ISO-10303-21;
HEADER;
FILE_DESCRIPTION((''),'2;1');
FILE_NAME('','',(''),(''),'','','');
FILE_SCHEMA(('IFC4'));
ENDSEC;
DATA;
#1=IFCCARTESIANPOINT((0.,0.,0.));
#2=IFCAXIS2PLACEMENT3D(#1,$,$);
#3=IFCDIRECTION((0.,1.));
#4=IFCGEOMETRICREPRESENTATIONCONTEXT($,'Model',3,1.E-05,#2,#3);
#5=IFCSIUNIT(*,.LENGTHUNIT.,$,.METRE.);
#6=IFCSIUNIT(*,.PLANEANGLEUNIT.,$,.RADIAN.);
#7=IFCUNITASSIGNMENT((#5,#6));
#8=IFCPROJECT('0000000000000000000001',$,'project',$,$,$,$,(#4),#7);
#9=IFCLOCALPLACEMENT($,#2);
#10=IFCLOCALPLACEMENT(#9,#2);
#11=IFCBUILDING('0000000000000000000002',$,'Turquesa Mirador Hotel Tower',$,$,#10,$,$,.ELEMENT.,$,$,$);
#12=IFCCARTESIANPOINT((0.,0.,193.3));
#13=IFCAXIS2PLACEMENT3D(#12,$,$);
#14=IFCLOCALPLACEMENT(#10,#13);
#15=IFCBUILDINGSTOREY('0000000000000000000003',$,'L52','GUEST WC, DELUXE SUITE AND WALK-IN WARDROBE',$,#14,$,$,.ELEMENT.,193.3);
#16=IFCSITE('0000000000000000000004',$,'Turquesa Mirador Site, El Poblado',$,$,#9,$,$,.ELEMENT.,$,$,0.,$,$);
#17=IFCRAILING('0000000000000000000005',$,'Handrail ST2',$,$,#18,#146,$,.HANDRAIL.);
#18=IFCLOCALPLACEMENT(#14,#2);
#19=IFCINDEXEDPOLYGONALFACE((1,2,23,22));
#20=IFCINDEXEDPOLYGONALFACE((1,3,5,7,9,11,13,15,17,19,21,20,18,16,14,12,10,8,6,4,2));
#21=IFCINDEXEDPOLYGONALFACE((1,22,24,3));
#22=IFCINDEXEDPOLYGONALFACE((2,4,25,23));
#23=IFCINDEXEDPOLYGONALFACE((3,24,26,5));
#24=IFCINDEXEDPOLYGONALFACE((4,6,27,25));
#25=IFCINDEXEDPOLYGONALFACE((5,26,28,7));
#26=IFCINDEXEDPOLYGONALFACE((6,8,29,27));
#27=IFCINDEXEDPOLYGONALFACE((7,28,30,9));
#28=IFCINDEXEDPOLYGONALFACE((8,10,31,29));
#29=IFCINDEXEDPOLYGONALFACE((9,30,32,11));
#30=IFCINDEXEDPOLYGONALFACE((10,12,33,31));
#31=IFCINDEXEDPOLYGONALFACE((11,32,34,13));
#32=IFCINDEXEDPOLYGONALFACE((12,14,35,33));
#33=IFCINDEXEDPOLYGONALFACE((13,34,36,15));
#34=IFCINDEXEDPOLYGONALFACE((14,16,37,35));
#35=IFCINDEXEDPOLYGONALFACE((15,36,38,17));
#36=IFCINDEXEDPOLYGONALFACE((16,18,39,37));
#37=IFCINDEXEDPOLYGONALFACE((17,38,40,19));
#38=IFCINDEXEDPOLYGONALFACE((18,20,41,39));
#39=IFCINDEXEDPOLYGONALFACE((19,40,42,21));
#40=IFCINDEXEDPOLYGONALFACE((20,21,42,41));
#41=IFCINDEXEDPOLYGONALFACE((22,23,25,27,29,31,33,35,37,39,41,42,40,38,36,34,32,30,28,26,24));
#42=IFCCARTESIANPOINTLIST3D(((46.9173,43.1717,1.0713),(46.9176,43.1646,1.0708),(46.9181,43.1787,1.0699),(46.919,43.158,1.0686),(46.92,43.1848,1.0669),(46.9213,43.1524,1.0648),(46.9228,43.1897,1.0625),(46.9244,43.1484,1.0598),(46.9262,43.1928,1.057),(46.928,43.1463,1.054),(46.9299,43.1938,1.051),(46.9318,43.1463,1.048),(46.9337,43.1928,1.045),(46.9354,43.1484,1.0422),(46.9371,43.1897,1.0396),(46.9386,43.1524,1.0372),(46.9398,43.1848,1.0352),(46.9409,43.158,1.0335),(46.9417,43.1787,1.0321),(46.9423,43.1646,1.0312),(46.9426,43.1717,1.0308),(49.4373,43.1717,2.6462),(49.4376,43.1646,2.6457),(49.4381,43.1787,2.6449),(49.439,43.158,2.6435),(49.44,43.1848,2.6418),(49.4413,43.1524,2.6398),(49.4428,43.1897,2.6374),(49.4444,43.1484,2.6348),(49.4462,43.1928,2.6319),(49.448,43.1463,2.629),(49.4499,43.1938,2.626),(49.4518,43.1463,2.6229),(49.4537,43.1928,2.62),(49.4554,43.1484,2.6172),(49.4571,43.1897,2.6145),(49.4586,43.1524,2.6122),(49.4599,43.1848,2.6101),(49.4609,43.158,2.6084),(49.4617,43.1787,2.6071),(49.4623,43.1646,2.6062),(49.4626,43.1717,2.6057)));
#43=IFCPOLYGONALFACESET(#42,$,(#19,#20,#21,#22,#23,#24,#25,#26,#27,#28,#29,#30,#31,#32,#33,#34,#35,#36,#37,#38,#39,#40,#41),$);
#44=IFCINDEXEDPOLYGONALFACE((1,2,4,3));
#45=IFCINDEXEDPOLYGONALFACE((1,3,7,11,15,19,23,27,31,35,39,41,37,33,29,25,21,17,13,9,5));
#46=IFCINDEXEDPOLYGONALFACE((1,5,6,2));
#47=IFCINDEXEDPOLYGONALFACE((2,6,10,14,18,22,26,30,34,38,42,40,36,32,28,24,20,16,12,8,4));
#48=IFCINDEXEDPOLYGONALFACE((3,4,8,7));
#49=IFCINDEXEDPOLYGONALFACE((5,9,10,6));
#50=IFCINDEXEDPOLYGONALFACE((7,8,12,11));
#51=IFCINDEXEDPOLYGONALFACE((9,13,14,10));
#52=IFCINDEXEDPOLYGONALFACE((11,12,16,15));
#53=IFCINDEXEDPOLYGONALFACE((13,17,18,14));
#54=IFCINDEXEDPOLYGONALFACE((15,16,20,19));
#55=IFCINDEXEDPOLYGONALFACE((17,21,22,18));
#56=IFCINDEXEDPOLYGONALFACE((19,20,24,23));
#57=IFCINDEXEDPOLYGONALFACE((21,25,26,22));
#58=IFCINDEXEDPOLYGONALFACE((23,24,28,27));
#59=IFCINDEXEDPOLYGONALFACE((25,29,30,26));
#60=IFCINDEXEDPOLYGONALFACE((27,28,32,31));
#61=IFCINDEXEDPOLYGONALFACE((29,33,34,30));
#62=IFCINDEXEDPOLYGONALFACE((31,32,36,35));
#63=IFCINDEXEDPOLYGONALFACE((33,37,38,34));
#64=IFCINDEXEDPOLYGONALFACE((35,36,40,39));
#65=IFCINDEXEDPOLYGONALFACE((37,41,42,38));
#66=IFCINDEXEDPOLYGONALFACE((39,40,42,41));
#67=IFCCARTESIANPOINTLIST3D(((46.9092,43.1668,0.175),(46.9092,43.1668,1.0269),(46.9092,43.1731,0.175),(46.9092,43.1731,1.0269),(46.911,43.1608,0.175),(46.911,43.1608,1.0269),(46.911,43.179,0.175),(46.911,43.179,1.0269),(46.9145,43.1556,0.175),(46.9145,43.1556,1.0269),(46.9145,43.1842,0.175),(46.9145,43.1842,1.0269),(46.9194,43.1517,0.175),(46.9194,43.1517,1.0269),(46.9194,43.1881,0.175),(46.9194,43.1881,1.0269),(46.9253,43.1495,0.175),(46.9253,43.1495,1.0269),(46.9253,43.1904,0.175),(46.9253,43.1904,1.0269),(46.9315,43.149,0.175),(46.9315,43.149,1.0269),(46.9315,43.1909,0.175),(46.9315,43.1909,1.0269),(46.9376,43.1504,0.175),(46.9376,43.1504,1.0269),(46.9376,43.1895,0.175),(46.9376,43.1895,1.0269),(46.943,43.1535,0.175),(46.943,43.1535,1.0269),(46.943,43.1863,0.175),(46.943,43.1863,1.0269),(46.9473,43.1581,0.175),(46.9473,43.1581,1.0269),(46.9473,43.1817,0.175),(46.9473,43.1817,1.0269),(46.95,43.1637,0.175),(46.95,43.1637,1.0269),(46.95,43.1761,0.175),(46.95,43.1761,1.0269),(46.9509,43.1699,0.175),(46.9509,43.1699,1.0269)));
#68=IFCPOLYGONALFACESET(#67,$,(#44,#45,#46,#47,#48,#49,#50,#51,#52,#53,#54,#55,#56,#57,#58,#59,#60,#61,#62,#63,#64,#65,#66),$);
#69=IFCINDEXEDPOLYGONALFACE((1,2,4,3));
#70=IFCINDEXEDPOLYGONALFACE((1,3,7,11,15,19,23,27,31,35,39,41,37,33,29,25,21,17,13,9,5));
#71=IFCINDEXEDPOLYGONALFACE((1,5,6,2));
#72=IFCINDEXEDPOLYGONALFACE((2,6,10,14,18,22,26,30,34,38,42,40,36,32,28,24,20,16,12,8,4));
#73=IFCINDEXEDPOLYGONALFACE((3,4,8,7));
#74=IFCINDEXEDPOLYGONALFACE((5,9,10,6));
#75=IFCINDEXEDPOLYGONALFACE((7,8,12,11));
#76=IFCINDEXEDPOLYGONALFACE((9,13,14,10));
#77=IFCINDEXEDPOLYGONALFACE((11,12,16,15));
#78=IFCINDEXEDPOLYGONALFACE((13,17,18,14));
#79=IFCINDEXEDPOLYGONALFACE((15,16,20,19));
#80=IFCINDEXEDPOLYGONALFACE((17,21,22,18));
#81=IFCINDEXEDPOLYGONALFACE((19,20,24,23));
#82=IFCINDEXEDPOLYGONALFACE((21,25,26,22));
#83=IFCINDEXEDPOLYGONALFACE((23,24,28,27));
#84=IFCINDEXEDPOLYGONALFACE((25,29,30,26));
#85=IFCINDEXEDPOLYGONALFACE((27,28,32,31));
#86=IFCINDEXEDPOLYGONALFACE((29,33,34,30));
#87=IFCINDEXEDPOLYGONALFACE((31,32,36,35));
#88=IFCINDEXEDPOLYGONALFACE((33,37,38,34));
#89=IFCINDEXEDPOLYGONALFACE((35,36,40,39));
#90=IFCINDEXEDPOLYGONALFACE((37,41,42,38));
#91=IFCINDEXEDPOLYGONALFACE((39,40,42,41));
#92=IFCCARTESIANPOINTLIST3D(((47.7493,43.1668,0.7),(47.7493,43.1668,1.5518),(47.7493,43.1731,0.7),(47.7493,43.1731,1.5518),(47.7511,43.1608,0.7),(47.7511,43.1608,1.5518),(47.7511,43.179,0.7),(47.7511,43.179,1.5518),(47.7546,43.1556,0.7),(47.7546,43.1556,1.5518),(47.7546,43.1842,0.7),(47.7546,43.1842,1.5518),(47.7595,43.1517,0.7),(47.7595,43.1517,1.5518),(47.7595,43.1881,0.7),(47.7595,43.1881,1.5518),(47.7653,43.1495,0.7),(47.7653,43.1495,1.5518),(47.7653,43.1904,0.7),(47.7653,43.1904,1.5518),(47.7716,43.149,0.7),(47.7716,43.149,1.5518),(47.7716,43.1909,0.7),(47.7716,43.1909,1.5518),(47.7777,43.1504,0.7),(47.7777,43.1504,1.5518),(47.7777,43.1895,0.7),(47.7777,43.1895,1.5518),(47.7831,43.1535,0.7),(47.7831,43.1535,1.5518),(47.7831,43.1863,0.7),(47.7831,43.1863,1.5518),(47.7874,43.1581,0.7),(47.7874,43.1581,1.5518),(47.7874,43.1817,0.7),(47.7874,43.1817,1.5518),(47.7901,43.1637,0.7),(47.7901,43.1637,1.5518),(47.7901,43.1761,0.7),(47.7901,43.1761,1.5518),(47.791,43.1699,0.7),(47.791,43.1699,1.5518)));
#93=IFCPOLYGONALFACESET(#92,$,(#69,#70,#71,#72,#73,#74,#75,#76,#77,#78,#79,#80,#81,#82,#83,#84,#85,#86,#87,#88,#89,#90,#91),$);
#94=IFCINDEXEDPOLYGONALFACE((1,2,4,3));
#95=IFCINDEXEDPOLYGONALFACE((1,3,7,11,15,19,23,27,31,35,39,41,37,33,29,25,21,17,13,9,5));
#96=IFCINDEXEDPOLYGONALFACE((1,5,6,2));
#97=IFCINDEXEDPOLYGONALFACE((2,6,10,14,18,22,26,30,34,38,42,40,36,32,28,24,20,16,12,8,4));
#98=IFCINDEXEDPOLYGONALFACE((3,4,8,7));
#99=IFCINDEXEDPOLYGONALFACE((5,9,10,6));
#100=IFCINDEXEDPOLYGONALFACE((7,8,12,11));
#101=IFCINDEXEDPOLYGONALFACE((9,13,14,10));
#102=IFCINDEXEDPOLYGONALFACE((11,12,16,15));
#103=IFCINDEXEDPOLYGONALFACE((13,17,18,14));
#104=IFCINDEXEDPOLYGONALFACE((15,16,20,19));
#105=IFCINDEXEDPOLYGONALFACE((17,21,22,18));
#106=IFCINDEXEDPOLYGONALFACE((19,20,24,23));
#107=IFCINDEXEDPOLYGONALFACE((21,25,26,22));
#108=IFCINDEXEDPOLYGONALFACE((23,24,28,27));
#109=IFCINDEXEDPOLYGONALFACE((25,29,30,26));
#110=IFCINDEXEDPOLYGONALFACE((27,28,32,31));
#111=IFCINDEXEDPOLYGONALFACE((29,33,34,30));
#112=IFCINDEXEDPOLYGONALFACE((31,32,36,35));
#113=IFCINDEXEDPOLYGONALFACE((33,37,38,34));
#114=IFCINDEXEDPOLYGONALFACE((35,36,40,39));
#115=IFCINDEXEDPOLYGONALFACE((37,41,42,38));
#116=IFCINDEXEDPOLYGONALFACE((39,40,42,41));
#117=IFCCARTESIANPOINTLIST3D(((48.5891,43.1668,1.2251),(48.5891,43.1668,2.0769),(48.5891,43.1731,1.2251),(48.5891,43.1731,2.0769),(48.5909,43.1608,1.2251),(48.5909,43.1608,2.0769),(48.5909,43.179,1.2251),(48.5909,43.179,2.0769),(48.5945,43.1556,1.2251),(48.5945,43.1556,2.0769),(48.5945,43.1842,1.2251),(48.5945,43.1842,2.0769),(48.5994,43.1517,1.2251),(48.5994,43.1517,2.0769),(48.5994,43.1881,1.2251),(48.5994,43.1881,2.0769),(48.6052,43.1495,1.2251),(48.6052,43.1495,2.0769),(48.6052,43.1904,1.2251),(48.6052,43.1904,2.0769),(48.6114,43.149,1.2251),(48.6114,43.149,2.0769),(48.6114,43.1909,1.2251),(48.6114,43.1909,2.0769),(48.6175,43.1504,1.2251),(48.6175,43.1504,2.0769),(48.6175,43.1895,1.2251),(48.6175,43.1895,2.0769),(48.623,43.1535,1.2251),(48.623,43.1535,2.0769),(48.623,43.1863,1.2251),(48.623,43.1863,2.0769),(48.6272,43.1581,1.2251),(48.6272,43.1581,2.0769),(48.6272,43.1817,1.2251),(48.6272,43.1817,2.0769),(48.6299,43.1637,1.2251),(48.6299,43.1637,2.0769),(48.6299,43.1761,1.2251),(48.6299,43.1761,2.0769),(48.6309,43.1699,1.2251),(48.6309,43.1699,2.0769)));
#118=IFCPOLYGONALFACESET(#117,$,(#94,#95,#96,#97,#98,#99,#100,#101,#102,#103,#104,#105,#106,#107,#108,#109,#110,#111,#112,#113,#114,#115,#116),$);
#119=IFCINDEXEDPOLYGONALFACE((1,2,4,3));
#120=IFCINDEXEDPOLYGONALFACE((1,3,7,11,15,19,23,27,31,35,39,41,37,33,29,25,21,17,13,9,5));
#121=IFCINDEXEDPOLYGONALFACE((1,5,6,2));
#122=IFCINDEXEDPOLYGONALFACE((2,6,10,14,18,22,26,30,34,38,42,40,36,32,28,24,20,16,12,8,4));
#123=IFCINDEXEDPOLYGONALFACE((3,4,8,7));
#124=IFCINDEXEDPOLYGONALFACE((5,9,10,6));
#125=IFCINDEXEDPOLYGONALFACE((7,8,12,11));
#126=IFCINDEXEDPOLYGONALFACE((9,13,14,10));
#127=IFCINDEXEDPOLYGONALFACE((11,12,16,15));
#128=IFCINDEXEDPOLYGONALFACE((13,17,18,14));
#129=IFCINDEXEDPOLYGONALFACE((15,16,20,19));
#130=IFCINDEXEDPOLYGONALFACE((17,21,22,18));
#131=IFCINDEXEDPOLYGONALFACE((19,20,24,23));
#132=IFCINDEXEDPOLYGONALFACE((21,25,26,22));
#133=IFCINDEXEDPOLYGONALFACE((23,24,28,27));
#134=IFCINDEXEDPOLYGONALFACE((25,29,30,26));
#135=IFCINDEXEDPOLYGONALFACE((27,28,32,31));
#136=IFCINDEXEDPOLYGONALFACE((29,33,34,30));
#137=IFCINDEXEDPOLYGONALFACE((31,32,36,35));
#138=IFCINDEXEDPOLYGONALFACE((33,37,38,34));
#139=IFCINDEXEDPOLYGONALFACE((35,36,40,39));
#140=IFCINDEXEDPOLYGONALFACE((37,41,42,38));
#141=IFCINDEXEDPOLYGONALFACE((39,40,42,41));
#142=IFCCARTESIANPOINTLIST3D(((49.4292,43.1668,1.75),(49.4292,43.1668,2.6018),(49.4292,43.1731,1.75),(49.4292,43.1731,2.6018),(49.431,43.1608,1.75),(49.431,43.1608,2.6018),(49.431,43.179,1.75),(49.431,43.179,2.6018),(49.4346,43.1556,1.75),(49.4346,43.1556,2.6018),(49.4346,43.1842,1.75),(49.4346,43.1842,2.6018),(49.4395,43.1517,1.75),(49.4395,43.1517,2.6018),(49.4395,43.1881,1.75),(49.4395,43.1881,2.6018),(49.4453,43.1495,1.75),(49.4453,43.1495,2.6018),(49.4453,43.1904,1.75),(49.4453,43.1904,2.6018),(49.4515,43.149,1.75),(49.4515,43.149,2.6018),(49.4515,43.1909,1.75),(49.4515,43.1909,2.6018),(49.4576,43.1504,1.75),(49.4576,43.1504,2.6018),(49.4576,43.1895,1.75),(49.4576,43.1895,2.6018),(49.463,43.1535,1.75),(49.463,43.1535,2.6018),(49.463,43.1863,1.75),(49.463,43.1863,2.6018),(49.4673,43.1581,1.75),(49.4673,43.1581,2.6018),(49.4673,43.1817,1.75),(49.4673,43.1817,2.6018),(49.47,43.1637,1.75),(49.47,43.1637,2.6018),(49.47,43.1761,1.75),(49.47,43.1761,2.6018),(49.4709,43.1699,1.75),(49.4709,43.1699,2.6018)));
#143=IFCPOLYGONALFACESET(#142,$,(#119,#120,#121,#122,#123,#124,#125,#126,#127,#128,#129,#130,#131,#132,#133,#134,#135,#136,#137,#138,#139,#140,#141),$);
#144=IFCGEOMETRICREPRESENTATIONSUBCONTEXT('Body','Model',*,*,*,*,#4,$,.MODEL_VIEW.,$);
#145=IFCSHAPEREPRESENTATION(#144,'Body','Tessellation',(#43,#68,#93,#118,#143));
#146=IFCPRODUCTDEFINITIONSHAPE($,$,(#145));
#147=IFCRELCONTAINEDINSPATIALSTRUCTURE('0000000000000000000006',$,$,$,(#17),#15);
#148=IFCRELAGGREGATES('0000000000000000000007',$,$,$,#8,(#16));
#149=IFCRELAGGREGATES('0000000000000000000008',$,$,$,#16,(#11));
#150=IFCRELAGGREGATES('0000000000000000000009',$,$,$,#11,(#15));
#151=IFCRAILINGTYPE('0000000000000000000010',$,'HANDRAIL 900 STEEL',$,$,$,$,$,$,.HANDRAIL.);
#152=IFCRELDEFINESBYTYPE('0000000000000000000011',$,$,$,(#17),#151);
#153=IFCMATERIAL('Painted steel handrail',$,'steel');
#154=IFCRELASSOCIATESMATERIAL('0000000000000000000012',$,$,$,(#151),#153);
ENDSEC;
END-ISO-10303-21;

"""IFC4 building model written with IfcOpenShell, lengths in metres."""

from ifc_helpers import new_model, si_unit, direction, frame, origin, origin_2d, place, context, subcontext, project, spatial, circle, extrude, material, type_object, element, save


model = new_model("IFC4")

# Units and contexts
model_context = context("Model", 3, precision=1e-05, world=origin(), true_north=direction((0.0, 1.0)))
body_context = subcontext(model_context, "Body", "Model", "MODEL_VIEW")
ifc_project = project(units=[si_unit("LENGTHUNIT", "METRE"), si_unit("PLANEANGLEUNIT", "RADIAN")], contexts=[model_context])

# Site, building, storey
site_placement = place(None, origin())
site = spatial("IfcSite", under=ifc_project, at=site_placement, Name="Turquesa Mirador Site, El Poblado", CompositionType="ELEMENT", RefElevation=0.0)
building_placement = place(site_placement, origin())
building = spatial("IfcBuilding", under=site, at=building_placement, Name="Turquesa Mirador Hotel Tower", CompositionType="ELEMENT")
storey_placement = place(building_placement, frame((0.0, 0.0, 193.3)))
storey = spatial("IfcBuildingStorey", under=building, at=storey_placement, Name="L52", Description="GUEST WC, DELUXE SUITE AND WALK-IN WARDROBE", CompositionType="ELEMENT", Elevation=193.3)

# Railing
ifc_material_1 = material(Name="Painted steel handrail", Category="steel")
railing_type = type_object("IfcRailingType", Name="HANDRAIL 900 STEEL", PredefinedType="HANDRAIL", material=ifc_material_1)
for number, where, name in (
    (1, (46.9299, 43.1699, 0.175), "Handrail ST2"),
):
    element("IfcRailing", number, at=place(storey_placement, frame(where)), inside=storey, type_object=railing_type, Name=name, PredefinedType="HANDRAIL", context=body_context, shape_type="SweptSolid", body=[
        extrude(circle(Radius=0.0239, at=origin_2d()), frame((0.0, 0.0, 0.876), z_axis=(0.848008, 0.0, 0.529984), x_axis=(0.0, 1.0, 0.0)), (0.0, 0.0, 1.0), 2.9717),
        extrude(circle(Radius=0.021, at=origin_2d()), origin(), (0.0, 0.0, 1.0), 0.8518),
        extrude(circle(Radius=0.021, at=origin_2d()), frame((0.8401, 0.0, 0.5249)), (0.0, 0.0, 1.0), 0.8518),
        extrude(circle(Radius=0.021, at=origin_2d()), frame((1.6799, 0.0, 1.05)), (0.0, 0.0, 1.0), 0.8518),
        extrude(circle(Radius=0.021, at=origin_2d()), frame((2.52, 0.0, 1.575)), (0.0, 0.0, 1.0), 0.8518),
    ])

save(model, "model.ifc")
